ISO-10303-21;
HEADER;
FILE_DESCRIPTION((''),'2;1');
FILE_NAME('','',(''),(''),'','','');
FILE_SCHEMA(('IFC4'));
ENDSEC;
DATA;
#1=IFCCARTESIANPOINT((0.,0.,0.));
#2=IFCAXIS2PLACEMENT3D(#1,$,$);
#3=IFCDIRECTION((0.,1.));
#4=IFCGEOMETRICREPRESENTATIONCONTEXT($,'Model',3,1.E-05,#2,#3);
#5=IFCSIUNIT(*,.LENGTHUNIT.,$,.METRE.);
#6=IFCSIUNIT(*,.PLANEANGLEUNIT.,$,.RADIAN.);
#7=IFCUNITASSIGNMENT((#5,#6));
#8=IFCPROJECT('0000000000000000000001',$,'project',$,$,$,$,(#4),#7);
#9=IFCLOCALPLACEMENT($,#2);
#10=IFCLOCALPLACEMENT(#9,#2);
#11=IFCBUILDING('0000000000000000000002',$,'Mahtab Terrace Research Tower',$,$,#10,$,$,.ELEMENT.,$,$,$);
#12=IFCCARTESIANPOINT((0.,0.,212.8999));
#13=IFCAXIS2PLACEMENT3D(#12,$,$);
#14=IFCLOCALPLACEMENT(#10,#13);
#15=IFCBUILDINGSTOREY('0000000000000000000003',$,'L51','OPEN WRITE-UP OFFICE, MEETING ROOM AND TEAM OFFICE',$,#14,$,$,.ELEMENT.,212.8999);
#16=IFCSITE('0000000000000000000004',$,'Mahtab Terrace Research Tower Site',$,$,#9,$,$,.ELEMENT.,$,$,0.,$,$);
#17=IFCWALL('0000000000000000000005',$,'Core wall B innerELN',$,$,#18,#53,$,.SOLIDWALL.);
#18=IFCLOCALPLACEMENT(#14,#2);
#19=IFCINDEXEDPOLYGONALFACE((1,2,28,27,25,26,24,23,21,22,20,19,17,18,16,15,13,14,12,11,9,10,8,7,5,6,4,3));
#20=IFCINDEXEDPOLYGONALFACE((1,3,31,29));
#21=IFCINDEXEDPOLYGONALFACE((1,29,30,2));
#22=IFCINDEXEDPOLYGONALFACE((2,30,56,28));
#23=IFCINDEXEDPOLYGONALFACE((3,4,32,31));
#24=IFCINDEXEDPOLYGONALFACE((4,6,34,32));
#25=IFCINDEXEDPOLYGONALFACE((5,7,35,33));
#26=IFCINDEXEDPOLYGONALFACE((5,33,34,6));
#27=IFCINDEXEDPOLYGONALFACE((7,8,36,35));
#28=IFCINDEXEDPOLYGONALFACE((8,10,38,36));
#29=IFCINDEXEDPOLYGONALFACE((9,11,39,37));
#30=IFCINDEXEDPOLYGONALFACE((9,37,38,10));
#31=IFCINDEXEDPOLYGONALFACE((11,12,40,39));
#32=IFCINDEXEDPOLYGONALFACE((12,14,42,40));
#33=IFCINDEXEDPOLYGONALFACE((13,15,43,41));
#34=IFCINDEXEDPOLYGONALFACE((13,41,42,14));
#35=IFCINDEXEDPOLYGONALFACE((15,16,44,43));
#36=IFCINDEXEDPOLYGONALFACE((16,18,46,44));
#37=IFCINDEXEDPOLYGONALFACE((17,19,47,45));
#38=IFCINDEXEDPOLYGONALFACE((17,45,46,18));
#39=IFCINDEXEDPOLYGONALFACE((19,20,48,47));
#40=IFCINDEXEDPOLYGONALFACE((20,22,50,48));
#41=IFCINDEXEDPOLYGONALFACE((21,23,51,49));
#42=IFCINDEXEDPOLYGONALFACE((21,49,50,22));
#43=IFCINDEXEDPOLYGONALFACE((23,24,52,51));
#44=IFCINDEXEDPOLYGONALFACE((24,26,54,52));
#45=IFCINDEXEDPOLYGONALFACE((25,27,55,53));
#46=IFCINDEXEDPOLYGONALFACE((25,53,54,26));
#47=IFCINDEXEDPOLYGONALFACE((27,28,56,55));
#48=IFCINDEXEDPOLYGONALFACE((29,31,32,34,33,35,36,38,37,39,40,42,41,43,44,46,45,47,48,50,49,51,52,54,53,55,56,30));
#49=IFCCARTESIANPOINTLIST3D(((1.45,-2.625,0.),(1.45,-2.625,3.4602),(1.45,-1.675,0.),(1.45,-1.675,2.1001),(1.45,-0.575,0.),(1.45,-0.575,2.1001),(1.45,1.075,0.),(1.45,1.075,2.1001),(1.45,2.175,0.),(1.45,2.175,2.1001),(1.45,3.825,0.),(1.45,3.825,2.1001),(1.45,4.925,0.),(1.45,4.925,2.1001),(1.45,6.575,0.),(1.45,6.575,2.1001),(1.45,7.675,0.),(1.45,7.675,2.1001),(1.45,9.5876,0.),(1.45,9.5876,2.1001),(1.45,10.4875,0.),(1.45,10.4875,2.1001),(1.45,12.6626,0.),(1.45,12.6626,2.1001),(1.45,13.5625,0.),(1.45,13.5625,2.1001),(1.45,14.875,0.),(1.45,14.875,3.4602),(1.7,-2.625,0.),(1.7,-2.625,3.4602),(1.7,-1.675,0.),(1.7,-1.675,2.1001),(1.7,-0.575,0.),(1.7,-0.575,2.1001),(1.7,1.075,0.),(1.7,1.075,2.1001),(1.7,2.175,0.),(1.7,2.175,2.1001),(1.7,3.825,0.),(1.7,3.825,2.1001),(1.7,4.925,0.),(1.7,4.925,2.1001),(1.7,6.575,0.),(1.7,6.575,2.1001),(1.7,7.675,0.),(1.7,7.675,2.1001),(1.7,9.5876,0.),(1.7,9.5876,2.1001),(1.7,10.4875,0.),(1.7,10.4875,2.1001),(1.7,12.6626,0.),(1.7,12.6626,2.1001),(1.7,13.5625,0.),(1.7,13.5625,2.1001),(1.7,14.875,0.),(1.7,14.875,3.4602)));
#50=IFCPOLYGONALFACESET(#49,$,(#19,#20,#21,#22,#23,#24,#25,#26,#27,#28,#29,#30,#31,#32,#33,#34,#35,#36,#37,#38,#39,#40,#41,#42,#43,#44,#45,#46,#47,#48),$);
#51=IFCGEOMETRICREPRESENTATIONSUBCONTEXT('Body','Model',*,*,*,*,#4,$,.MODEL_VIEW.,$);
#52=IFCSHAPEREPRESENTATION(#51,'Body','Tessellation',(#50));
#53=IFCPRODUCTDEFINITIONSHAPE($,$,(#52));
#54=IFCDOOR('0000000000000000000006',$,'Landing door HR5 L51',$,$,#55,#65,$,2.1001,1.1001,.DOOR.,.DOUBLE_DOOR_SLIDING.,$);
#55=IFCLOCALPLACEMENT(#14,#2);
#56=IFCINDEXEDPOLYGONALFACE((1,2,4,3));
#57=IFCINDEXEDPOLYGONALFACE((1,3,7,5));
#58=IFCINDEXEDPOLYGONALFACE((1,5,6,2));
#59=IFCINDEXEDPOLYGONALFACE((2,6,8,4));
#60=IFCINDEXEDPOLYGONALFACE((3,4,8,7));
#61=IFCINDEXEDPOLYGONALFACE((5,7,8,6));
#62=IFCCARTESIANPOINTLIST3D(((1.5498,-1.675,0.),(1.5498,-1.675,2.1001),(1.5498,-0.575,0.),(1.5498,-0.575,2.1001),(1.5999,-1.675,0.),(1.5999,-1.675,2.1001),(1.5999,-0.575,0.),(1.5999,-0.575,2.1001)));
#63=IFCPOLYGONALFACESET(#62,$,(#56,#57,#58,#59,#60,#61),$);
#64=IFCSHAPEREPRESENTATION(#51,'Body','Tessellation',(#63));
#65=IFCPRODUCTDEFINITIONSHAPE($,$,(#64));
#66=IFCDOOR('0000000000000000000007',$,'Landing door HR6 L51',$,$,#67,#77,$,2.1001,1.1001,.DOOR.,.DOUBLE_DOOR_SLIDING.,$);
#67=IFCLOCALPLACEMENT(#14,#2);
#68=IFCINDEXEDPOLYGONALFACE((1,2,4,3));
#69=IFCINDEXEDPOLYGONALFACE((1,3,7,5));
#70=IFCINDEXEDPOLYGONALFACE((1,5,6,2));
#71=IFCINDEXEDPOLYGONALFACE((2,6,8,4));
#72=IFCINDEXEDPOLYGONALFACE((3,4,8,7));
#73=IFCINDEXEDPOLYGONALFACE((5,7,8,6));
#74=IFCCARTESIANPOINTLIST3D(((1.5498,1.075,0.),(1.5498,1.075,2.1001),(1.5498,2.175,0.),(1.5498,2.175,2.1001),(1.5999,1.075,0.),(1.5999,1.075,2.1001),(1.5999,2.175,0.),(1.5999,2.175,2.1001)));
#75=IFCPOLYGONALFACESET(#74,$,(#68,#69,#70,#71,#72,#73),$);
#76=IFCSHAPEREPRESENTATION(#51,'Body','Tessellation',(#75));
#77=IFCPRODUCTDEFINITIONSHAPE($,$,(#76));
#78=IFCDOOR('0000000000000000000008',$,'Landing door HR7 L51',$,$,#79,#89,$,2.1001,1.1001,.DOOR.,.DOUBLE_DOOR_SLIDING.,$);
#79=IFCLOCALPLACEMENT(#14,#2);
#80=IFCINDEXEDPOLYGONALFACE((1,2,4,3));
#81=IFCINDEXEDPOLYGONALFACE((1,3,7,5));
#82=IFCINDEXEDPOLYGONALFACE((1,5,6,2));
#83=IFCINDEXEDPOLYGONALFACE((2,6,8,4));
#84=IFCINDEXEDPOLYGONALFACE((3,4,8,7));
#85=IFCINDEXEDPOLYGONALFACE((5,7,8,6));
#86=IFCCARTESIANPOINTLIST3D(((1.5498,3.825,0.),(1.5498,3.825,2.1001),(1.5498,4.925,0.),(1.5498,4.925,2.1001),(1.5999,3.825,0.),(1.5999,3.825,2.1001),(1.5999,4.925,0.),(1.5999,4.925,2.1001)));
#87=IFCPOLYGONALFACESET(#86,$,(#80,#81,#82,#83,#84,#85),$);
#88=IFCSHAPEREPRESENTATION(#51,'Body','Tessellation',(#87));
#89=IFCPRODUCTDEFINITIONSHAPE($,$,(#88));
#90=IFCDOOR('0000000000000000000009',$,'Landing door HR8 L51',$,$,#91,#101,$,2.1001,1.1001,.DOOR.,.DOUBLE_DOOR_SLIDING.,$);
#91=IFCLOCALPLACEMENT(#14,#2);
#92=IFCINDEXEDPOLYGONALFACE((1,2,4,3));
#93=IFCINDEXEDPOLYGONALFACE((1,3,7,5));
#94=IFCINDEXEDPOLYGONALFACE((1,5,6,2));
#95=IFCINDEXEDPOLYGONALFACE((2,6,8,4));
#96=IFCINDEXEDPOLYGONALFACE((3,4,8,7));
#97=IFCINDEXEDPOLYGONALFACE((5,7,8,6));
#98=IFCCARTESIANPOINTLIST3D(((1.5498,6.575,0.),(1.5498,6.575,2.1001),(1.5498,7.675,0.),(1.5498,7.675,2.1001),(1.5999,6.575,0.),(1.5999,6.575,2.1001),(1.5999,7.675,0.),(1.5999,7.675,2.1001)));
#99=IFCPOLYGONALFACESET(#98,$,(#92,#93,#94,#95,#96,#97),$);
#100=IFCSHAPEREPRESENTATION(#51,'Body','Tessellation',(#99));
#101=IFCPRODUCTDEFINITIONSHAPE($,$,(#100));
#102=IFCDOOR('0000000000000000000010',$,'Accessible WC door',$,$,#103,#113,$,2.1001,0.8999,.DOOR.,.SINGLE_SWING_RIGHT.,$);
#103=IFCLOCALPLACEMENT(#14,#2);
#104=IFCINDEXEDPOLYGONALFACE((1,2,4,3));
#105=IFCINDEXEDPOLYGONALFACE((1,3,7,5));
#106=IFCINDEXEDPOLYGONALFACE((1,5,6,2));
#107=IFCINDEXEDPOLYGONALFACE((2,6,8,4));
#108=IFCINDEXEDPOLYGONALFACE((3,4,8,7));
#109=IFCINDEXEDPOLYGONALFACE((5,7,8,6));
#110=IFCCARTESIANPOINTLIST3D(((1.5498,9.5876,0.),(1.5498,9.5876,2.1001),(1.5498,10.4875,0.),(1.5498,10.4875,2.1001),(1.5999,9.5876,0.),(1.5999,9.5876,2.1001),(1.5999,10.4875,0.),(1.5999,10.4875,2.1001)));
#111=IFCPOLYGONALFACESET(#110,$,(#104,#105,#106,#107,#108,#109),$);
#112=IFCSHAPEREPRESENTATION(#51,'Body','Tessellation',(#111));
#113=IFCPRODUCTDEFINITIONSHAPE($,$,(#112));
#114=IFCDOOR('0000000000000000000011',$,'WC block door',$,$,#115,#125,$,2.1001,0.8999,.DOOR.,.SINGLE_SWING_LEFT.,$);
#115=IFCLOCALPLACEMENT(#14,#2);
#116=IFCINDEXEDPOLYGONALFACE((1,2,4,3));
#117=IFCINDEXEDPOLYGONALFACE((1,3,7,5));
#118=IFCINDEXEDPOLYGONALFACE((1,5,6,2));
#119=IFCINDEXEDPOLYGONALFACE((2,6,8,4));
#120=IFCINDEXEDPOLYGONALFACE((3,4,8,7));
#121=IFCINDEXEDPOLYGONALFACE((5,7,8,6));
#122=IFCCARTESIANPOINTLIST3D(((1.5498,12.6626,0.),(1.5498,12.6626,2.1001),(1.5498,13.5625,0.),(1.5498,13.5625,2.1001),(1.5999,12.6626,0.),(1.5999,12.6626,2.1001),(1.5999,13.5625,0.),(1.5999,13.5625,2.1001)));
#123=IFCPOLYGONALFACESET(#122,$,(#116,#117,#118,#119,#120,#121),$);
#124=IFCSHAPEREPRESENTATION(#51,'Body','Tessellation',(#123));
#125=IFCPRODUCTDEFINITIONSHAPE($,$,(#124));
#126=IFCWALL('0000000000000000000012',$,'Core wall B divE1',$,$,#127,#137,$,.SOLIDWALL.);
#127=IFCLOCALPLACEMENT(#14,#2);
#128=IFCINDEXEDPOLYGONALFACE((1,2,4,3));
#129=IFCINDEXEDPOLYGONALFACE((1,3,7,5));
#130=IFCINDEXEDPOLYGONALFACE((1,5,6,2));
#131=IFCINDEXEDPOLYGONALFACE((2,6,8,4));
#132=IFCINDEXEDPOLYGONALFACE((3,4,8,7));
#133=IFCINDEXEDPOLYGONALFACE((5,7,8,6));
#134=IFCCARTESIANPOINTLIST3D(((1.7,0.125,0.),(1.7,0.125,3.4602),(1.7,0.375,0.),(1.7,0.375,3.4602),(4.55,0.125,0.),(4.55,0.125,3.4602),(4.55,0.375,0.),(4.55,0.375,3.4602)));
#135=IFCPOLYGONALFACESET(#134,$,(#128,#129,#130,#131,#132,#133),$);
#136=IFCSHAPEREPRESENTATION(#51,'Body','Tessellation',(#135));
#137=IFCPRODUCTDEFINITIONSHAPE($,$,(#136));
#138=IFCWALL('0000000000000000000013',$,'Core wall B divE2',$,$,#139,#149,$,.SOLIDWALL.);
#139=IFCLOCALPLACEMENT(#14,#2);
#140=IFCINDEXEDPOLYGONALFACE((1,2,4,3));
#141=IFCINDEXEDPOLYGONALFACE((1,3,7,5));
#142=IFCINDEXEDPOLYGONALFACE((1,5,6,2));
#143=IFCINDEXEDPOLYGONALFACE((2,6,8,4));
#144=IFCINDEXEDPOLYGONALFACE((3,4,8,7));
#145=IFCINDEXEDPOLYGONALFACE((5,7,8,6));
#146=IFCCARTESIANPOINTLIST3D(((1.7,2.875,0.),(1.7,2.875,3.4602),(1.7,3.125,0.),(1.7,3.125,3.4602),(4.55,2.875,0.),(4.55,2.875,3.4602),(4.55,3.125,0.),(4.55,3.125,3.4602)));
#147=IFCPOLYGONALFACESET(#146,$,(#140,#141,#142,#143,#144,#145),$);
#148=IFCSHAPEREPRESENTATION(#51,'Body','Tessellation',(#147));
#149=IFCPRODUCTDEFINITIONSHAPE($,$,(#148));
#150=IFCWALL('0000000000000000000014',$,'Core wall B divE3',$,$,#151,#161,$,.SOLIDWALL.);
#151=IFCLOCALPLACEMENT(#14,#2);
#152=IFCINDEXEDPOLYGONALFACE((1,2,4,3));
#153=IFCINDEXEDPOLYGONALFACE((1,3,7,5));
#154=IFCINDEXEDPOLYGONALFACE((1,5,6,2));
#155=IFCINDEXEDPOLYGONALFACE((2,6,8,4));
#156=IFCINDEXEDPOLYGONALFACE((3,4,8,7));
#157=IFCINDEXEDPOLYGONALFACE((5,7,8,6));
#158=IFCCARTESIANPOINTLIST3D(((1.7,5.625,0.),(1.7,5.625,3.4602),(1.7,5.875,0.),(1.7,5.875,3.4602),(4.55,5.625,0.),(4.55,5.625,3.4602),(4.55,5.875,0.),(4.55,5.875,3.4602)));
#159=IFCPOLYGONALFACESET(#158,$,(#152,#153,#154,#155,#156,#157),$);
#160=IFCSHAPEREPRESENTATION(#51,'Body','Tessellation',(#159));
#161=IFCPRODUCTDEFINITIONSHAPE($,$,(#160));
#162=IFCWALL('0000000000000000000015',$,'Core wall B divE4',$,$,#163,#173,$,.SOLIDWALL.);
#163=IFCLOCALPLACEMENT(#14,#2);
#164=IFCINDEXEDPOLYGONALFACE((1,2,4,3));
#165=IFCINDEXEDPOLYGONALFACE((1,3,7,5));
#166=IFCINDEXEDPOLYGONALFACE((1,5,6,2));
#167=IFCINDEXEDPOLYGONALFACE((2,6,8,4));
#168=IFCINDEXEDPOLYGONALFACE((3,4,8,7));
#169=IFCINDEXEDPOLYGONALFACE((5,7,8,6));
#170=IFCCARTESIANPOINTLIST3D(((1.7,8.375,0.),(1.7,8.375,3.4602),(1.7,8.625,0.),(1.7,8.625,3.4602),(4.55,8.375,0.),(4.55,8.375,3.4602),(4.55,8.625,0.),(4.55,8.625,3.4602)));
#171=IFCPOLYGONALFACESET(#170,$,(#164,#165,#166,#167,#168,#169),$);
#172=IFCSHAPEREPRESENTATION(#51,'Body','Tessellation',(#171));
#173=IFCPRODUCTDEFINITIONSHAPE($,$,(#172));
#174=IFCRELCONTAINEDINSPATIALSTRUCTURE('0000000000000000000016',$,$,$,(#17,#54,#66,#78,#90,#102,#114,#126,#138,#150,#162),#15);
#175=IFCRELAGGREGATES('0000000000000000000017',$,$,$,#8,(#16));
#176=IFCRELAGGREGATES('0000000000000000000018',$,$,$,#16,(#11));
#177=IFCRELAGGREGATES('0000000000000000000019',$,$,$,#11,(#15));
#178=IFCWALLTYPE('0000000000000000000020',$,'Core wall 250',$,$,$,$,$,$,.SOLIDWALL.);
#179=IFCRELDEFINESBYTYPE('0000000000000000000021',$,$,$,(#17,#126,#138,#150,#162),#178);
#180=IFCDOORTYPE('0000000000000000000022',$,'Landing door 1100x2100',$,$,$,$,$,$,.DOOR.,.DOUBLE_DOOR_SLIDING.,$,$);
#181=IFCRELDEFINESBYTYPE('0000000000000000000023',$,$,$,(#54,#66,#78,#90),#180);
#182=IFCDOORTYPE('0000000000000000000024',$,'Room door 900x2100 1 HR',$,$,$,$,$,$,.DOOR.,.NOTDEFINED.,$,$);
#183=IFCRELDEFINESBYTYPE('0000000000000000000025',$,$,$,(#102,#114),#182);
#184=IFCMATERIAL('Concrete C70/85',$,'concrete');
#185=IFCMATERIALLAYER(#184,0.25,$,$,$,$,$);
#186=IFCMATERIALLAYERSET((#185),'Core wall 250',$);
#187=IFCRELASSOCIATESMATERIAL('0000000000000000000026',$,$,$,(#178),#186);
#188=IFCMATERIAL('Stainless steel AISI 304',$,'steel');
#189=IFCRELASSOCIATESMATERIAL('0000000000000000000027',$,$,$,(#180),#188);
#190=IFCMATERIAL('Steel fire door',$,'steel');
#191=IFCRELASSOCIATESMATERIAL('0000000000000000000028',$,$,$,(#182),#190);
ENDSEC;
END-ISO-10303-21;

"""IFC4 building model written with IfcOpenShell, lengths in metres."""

from ifc_helpers import new_model, si_unit, direction, frame, frame_2d, origin, place, context, subcontext, project, spatial, rectangle, extrude, material, layer, layer_set, type_object, element, fill, save


model = new_model("IFC4")

# Units and contexts
model_context = context("Model", 3, precision=1e-05, world=origin(), true_north=direction((0.0, 1.0)))
body_context = subcontext(model_context, "Body", "Model", "MODEL_VIEW")
ifc_project = project(units=[si_unit("LENGTHUNIT", "METRE"), si_unit("PLANEANGLEUNIT", "RADIAN")], contexts=[model_context])

# Site, building, storey
site_placement = place(None, origin())
site = spatial("IfcSite", under=ifc_project, at=site_placement, Name="Mahtab Terrace Research Tower Site", CompositionType="ELEMENT", RefElevation=0.0)
building_placement = place(site_placement, origin())
building = spatial("IfcBuilding", under=site, at=building_placement, Name="Mahtab Terrace Research Tower", CompositionType="ELEMENT")
storey_placement = place(building_placement, frame((0.0, 0.0, 212.8999)))
storey = spatial("IfcBuildingStorey", under=building, at=storey_placement, Name="L51", Description="OPEN WRITE-UP OFFICE, MEETING ROOM AND TEAM OFFICE", CompositionType="ELEMENT", Elevation=212.8999)

# Shared definitions
ifc_material_1 = material(Name="Concrete C70/85", Category="concrete")

# Wall, openings, doors
ifc_layer_1 = layer(ifc_material_1, 0.25)
ifc_layer_set_1 = layer_set([ifc_layer_1], Name="Core wall 250")
wall_type_1 = type_object("IfcWallType", Name="Core wall 250", PredefinedType="SOLIDWALL", material=ifc_layer_set_1)
wall_1_placement = place(storey_placement, frame((1.575, 14.875, 0.0), z_axis=(0.0, 0.0, 1.0), x_axis=(0.0, -1.0, 0.0)))
wall_1 = element("IfcWall", 1, at=wall_1_placement, inside=storey, type_object=wall_type_1, Name="Core wall B innerELN", PredefinedType="SOLIDWALL", context=body_context, shape_type="SweptSolid", body=[
    extrude(rectangle(XDim=17.5, YDim=0.25, at=frame_2d((8.75, 0.0))), origin(), (0.0, 0.0, 1.0), 3.4602),
])
opening_1_placement = place(wall_1_placement, frame((15.45, 0.0, 0.0)))
opening_1 = element("IfcOpeningElement", 2, at=opening_1_placement, cuts=wall_1, PredefinedType="OPENING", context=body_context, shape_type="SweptSolid", body=[
    extrude(rectangle(XDim=1.1001, YDim=2.1001, at=frame_2d((0.55, 1.05))), frame((0.0, 0.135, 0.0), z_axis=(0.0, -1.0, 0.0), x_axis=(1.0, 0.0, 0.0)), (0.0, 0.0, 1.0), 0.27),
])
opening_2_placement = place(wall_1_placement, frame((12.7, 0.0, 0.0)))
opening_2 = element("IfcOpeningElement", 3, at=opening_2_placement, cuts=wall_1, PredefinedType="OPENING", context=body_context, shape_type="SweptSolid", body=[
    extrude(rectangle(XDim=1.1001, YDim=2.1001, at=frame_2d((0.55, 1.05))), frame((0.0, 0.135, 0.0), z_axis=(0.0, -1.0, 0.0), x_axis=(1.0, 0.0, 0.0)), (0.0, 0.0, 1.0), 0.27),
])
opening_3_placement = place(wall_1_placement, frame((9.95, 0.0, 0.0)))
opening_3 = element("IfcOpeningElement", 4, at=opening_3_placement, cuts=wall_1, PredefinedType="OPENING", context=body_context, shape_type="SweptSolid", body=[
    extrude(rectangle(XDim=1.1001, YDim=2.1001, at=frame_2d((0.55, 1.05))), frame((0.0, 0.135, 0.0), z_axis=(0.0, -1.0, 0.0), x_axis=(1.0, 0.0, 0.0)), (0.0, 0.0, 1.0), 0.27),
])
opening_4_placement = place(wall_1_placement, frame((7.2, 0.0, 0.0)))
opening_4 = element("IfcOpeningElement", 5, at=opening_4_placement, cuts=wall_1, PredefinedType="OPENING", context=body_context, shape_type="SweptSolid", body=[
    extrude(rectangle(XDim=1.1001, YDim=2.1001, at=frame_2d((0.55, 1.05))), frame((0.0, 0.135, 0.0), z_axis=(0.0, -1.0, 0.0), x_axis=(1.0, 0.0, 0.0)), (0.0, 0.0, 1.0), 0.27),
])
opening_5_placement = place(wall_1_placement, frame((4.3875, 0.0, 0.0)))
opening_5 = element("IfcOpeningElement", 6, at=opening_5_placement, cuts=wall_1, PredefinedType="OPENING", context=body_context, shape_type="SweptSolid", body=[
    extrude(rectangle(XDim=0.8999, YDim=2.1001, at=frame_2d((0.45, 1.05))), frame((0.0, 0.135, 0.0), z_axis=(0.0, -1.0, 0.0), x_axis=(1.0, 0.0, 0.0)), (0.0, 0.0, 1.0), 0.27),
])
opening_6_placement = place(wall_1_placement, frame((1.3125, 0.0, 0.0)))
opening_6 = element("IfcOpeningElement", 7, at=opening_6_placement, cuts=wall_1, PredefinedType="OPENING", context=body_context, shape_type="SweptSolid", body=[
    extrude(rectangle(XDim=0.8999, YDim=2.1001, at=frame_2d((0.45, 1.05))), frame((0.0, 0.135, 0.0), z_axis=(0.0, -1.0, 0.0), x_axis=(1.0, 0.0, 0.0)), (0.0, 0.0, 1.0), 0.27),
])
ifc_material_2 = material(Name="Stainless steel AISI 304", Category="steel")
door_type_1 = type_object("IfcDoorType", Name="Landing door 1100x2100", OperationType="DOUBLE_DOOR_SLIDING", PredefinedType="DOOR", material=ifc_material_2)
door_1_placement = place(opening_1_placement, origin())
door_1 = element("IfcDoor", 8, at=door_1_placement, inside=storey, type_object=door_type_1, Name="Landing door HR5 L51", OperationType="DOUBLE_DOOR_SLIDING", OverallHeight=2.1001, OverallWidth=1.1001, PredefinedType="DOOR", context=body_context, shape_type="SweptSolid", body=[
    extrude(rectangle(XDim=1.1001, YDim=2.1001, at=frame_2d((0.55, 1.05))), frame((0.0, 0.0249, 0.0), z_axis=(0.0, -1.0, 0.0), x_axis=(1.0, 0.0, 0.0)), (0.0, 0.0, 1.0), 0.05),
])
fill(opening_1, door_1)
door_2_placement = place(opening_2_placement, origin())
door_2 = element("IfcDoor", 9, at=door_2_placement, inside=storey, type_object=door_type_1, Name="Landing door HR6 L51", OperationType="DOUBLE_DOOR_SLIDING", OverallHeight=2.1001, OverallWidth=1.1001, PredefinedType="DOOR", context=body_context, shape_type="SweptSolid", body=[
    extrude(rectangle(XDim=1.1001, YDim=2.1001, at=frame_2d((0.55, 1.05))), frame((0.0, 0.0249, 0.0), z_axis=(0.0, -1.0, 0.0), x_axis=(1.0, 0.0, 0.0)), (0.0, 0.0, 1.0), 0.05),
])
fill(opening_2, door_2)
door_3_placement = place(opening_3_placement, origin())
door_3 = element("IfcDoor", 10, at=door_3_placement, inside=storey, type_object=door_type_1, Name="Landing door HR7 L51", OperationType="DOUBLE_DOOR_SLIDING", OverallHeight=2.1001, OverallWidth=1.1001, PredefinedType="DOOR", context=body_context, shape_type="SweptSolid", body=[
    extrude(rectangle(XDim=1.1001, YDim=2.1001, at=frame_2d((0.55, 1.05))), frame((0.0, 0.0249, 0.0), z_axis=(0.0, -1.0, 0.0), x_axis=(1.0, 0.0, 0.0)), (0.0, 0.0, 1.0), 0.05),
])
fill(opening_3, door_3)
door_4_placement = place(opening_4_placement, origin())
door_4 = element("IfcDoor", 11, at=door_4_placement, inside=storey, type_object=door_type_1, Name="Landing door HR8 L51", OperationType="DOUBLE_DOOR_SLIDING", OverallHeight=2.1001, OverallWidth=1.1001, PredefinedType="DOOR", context=body_context, shape_type="SweptSolid", body=[
    extrude(rectangle(XDim=1.1001, YDim=2.1001, at=frame_2d((0.55, 1.05))), frame((0.0, 0.0249, 0.0), z_axis=(0.0, -1.0, 0.0), x_axis=(1.0, 0.0, 0.0)), (0.0, 0.0, 1.0), 0.05),
])
fill(opening_4, door_4)
ifc_material_3 = material(Name="Steel fire door", Category="steel")
door_type_2 = type_object("IfcDoorType", Name="Room door 900x2100 1 HR", OperationType="NOTDEFINED", PredefinedType="DOOR", material=ifc_material_3)
door_5_placement = place(opening_5_placement, origin())
door_5 = element("IfcDoor", 12, at=door_5_placement, inside=storey, type_object=door_type_2, Name="Accessible WC door", OperationType="SINGLE_SWING_RIGHT", OverallHeight=2.1001, OverallWidth=0.8999, PredefinedType="DOOR", context=body_context, shape_type="SweptSolid", body=[
    extrude(rectangle(XDim=0.8999, YDim=2.1001, at=frame_2d((0.45, 1.05))), frame((0.0, 0.0249, 0.0), z_axis=(0.0, -1.0, 0.0), x_axis=(1.0, 0.0, 0.0)), (0.0, 0.0, 1.0), 0.05),
])
fill(opening_5, door_5)
door_6_placement = place(opening_6_placement, origin())
door_6 = element("IfcDoor", 13, at=door_6_placement, inside=storey, type_object=door_type_2, Name="WC block door", OperationType="SINGLE_SWING_LEFT", OverallHeight=2.1001, OverallWidth=0.8999, PredefinedType="DOOR", context=body_context, shape_type="SweptSolid", body=[
    extrude(rectangle(XDim=0.8999, YDim=2.1001, at=frame_2d((0.45, 1.05))), frame((0.0, 0.0249, 0.0), z_axis=(0.0, -1.0, 0.0), x_axis=(1.0, 0.0, 0.0)), (0.0, 0.0, 1.0), 0.05),
])
fill(opening_6, door_6)

# Walls
for number, where, z_axis, x_axis, name in (
    (14, (1.7, 0.25, 0.0), (0.0, 0.0, 1.0), (1.0, 0.0, 0.0), "Core wall B divE1"),
    (15, (1.7, 3.0, 0.0), (0.0, 0.0, 1.0), (1.0, 0.0, 0.0), "Core wall B divE2"),
    (16, (1.7, 5.75, 0.0), (0.0, 0.0, 1.0), (1.0, 0.0, 0.0), "Core wall B divE3"),
    (17, (1.7, 8.5, 0.0), (0.0, 0.0, 1.0), (1.0, 0.0, 0.0), "Core wall B divE4"),
):
    element("IfcWall", number, at=place(storey_placement, frame(where, z_axis=z_axis, x_axis=x_axis)), inside=storey, type_object=wall_type_1, Name=name, PredefinedType="SOLIDWALL", context=body_context, shape_type="SweptSolid", body=[
        extrude(rectangle(XDim=2.8501, YDim=0.25, at=frame_2d((1.425, 0.0))), origin(), (0.0, 0.0, 1.0), 3.4602),
    ])

save(model, "model.ifc")
